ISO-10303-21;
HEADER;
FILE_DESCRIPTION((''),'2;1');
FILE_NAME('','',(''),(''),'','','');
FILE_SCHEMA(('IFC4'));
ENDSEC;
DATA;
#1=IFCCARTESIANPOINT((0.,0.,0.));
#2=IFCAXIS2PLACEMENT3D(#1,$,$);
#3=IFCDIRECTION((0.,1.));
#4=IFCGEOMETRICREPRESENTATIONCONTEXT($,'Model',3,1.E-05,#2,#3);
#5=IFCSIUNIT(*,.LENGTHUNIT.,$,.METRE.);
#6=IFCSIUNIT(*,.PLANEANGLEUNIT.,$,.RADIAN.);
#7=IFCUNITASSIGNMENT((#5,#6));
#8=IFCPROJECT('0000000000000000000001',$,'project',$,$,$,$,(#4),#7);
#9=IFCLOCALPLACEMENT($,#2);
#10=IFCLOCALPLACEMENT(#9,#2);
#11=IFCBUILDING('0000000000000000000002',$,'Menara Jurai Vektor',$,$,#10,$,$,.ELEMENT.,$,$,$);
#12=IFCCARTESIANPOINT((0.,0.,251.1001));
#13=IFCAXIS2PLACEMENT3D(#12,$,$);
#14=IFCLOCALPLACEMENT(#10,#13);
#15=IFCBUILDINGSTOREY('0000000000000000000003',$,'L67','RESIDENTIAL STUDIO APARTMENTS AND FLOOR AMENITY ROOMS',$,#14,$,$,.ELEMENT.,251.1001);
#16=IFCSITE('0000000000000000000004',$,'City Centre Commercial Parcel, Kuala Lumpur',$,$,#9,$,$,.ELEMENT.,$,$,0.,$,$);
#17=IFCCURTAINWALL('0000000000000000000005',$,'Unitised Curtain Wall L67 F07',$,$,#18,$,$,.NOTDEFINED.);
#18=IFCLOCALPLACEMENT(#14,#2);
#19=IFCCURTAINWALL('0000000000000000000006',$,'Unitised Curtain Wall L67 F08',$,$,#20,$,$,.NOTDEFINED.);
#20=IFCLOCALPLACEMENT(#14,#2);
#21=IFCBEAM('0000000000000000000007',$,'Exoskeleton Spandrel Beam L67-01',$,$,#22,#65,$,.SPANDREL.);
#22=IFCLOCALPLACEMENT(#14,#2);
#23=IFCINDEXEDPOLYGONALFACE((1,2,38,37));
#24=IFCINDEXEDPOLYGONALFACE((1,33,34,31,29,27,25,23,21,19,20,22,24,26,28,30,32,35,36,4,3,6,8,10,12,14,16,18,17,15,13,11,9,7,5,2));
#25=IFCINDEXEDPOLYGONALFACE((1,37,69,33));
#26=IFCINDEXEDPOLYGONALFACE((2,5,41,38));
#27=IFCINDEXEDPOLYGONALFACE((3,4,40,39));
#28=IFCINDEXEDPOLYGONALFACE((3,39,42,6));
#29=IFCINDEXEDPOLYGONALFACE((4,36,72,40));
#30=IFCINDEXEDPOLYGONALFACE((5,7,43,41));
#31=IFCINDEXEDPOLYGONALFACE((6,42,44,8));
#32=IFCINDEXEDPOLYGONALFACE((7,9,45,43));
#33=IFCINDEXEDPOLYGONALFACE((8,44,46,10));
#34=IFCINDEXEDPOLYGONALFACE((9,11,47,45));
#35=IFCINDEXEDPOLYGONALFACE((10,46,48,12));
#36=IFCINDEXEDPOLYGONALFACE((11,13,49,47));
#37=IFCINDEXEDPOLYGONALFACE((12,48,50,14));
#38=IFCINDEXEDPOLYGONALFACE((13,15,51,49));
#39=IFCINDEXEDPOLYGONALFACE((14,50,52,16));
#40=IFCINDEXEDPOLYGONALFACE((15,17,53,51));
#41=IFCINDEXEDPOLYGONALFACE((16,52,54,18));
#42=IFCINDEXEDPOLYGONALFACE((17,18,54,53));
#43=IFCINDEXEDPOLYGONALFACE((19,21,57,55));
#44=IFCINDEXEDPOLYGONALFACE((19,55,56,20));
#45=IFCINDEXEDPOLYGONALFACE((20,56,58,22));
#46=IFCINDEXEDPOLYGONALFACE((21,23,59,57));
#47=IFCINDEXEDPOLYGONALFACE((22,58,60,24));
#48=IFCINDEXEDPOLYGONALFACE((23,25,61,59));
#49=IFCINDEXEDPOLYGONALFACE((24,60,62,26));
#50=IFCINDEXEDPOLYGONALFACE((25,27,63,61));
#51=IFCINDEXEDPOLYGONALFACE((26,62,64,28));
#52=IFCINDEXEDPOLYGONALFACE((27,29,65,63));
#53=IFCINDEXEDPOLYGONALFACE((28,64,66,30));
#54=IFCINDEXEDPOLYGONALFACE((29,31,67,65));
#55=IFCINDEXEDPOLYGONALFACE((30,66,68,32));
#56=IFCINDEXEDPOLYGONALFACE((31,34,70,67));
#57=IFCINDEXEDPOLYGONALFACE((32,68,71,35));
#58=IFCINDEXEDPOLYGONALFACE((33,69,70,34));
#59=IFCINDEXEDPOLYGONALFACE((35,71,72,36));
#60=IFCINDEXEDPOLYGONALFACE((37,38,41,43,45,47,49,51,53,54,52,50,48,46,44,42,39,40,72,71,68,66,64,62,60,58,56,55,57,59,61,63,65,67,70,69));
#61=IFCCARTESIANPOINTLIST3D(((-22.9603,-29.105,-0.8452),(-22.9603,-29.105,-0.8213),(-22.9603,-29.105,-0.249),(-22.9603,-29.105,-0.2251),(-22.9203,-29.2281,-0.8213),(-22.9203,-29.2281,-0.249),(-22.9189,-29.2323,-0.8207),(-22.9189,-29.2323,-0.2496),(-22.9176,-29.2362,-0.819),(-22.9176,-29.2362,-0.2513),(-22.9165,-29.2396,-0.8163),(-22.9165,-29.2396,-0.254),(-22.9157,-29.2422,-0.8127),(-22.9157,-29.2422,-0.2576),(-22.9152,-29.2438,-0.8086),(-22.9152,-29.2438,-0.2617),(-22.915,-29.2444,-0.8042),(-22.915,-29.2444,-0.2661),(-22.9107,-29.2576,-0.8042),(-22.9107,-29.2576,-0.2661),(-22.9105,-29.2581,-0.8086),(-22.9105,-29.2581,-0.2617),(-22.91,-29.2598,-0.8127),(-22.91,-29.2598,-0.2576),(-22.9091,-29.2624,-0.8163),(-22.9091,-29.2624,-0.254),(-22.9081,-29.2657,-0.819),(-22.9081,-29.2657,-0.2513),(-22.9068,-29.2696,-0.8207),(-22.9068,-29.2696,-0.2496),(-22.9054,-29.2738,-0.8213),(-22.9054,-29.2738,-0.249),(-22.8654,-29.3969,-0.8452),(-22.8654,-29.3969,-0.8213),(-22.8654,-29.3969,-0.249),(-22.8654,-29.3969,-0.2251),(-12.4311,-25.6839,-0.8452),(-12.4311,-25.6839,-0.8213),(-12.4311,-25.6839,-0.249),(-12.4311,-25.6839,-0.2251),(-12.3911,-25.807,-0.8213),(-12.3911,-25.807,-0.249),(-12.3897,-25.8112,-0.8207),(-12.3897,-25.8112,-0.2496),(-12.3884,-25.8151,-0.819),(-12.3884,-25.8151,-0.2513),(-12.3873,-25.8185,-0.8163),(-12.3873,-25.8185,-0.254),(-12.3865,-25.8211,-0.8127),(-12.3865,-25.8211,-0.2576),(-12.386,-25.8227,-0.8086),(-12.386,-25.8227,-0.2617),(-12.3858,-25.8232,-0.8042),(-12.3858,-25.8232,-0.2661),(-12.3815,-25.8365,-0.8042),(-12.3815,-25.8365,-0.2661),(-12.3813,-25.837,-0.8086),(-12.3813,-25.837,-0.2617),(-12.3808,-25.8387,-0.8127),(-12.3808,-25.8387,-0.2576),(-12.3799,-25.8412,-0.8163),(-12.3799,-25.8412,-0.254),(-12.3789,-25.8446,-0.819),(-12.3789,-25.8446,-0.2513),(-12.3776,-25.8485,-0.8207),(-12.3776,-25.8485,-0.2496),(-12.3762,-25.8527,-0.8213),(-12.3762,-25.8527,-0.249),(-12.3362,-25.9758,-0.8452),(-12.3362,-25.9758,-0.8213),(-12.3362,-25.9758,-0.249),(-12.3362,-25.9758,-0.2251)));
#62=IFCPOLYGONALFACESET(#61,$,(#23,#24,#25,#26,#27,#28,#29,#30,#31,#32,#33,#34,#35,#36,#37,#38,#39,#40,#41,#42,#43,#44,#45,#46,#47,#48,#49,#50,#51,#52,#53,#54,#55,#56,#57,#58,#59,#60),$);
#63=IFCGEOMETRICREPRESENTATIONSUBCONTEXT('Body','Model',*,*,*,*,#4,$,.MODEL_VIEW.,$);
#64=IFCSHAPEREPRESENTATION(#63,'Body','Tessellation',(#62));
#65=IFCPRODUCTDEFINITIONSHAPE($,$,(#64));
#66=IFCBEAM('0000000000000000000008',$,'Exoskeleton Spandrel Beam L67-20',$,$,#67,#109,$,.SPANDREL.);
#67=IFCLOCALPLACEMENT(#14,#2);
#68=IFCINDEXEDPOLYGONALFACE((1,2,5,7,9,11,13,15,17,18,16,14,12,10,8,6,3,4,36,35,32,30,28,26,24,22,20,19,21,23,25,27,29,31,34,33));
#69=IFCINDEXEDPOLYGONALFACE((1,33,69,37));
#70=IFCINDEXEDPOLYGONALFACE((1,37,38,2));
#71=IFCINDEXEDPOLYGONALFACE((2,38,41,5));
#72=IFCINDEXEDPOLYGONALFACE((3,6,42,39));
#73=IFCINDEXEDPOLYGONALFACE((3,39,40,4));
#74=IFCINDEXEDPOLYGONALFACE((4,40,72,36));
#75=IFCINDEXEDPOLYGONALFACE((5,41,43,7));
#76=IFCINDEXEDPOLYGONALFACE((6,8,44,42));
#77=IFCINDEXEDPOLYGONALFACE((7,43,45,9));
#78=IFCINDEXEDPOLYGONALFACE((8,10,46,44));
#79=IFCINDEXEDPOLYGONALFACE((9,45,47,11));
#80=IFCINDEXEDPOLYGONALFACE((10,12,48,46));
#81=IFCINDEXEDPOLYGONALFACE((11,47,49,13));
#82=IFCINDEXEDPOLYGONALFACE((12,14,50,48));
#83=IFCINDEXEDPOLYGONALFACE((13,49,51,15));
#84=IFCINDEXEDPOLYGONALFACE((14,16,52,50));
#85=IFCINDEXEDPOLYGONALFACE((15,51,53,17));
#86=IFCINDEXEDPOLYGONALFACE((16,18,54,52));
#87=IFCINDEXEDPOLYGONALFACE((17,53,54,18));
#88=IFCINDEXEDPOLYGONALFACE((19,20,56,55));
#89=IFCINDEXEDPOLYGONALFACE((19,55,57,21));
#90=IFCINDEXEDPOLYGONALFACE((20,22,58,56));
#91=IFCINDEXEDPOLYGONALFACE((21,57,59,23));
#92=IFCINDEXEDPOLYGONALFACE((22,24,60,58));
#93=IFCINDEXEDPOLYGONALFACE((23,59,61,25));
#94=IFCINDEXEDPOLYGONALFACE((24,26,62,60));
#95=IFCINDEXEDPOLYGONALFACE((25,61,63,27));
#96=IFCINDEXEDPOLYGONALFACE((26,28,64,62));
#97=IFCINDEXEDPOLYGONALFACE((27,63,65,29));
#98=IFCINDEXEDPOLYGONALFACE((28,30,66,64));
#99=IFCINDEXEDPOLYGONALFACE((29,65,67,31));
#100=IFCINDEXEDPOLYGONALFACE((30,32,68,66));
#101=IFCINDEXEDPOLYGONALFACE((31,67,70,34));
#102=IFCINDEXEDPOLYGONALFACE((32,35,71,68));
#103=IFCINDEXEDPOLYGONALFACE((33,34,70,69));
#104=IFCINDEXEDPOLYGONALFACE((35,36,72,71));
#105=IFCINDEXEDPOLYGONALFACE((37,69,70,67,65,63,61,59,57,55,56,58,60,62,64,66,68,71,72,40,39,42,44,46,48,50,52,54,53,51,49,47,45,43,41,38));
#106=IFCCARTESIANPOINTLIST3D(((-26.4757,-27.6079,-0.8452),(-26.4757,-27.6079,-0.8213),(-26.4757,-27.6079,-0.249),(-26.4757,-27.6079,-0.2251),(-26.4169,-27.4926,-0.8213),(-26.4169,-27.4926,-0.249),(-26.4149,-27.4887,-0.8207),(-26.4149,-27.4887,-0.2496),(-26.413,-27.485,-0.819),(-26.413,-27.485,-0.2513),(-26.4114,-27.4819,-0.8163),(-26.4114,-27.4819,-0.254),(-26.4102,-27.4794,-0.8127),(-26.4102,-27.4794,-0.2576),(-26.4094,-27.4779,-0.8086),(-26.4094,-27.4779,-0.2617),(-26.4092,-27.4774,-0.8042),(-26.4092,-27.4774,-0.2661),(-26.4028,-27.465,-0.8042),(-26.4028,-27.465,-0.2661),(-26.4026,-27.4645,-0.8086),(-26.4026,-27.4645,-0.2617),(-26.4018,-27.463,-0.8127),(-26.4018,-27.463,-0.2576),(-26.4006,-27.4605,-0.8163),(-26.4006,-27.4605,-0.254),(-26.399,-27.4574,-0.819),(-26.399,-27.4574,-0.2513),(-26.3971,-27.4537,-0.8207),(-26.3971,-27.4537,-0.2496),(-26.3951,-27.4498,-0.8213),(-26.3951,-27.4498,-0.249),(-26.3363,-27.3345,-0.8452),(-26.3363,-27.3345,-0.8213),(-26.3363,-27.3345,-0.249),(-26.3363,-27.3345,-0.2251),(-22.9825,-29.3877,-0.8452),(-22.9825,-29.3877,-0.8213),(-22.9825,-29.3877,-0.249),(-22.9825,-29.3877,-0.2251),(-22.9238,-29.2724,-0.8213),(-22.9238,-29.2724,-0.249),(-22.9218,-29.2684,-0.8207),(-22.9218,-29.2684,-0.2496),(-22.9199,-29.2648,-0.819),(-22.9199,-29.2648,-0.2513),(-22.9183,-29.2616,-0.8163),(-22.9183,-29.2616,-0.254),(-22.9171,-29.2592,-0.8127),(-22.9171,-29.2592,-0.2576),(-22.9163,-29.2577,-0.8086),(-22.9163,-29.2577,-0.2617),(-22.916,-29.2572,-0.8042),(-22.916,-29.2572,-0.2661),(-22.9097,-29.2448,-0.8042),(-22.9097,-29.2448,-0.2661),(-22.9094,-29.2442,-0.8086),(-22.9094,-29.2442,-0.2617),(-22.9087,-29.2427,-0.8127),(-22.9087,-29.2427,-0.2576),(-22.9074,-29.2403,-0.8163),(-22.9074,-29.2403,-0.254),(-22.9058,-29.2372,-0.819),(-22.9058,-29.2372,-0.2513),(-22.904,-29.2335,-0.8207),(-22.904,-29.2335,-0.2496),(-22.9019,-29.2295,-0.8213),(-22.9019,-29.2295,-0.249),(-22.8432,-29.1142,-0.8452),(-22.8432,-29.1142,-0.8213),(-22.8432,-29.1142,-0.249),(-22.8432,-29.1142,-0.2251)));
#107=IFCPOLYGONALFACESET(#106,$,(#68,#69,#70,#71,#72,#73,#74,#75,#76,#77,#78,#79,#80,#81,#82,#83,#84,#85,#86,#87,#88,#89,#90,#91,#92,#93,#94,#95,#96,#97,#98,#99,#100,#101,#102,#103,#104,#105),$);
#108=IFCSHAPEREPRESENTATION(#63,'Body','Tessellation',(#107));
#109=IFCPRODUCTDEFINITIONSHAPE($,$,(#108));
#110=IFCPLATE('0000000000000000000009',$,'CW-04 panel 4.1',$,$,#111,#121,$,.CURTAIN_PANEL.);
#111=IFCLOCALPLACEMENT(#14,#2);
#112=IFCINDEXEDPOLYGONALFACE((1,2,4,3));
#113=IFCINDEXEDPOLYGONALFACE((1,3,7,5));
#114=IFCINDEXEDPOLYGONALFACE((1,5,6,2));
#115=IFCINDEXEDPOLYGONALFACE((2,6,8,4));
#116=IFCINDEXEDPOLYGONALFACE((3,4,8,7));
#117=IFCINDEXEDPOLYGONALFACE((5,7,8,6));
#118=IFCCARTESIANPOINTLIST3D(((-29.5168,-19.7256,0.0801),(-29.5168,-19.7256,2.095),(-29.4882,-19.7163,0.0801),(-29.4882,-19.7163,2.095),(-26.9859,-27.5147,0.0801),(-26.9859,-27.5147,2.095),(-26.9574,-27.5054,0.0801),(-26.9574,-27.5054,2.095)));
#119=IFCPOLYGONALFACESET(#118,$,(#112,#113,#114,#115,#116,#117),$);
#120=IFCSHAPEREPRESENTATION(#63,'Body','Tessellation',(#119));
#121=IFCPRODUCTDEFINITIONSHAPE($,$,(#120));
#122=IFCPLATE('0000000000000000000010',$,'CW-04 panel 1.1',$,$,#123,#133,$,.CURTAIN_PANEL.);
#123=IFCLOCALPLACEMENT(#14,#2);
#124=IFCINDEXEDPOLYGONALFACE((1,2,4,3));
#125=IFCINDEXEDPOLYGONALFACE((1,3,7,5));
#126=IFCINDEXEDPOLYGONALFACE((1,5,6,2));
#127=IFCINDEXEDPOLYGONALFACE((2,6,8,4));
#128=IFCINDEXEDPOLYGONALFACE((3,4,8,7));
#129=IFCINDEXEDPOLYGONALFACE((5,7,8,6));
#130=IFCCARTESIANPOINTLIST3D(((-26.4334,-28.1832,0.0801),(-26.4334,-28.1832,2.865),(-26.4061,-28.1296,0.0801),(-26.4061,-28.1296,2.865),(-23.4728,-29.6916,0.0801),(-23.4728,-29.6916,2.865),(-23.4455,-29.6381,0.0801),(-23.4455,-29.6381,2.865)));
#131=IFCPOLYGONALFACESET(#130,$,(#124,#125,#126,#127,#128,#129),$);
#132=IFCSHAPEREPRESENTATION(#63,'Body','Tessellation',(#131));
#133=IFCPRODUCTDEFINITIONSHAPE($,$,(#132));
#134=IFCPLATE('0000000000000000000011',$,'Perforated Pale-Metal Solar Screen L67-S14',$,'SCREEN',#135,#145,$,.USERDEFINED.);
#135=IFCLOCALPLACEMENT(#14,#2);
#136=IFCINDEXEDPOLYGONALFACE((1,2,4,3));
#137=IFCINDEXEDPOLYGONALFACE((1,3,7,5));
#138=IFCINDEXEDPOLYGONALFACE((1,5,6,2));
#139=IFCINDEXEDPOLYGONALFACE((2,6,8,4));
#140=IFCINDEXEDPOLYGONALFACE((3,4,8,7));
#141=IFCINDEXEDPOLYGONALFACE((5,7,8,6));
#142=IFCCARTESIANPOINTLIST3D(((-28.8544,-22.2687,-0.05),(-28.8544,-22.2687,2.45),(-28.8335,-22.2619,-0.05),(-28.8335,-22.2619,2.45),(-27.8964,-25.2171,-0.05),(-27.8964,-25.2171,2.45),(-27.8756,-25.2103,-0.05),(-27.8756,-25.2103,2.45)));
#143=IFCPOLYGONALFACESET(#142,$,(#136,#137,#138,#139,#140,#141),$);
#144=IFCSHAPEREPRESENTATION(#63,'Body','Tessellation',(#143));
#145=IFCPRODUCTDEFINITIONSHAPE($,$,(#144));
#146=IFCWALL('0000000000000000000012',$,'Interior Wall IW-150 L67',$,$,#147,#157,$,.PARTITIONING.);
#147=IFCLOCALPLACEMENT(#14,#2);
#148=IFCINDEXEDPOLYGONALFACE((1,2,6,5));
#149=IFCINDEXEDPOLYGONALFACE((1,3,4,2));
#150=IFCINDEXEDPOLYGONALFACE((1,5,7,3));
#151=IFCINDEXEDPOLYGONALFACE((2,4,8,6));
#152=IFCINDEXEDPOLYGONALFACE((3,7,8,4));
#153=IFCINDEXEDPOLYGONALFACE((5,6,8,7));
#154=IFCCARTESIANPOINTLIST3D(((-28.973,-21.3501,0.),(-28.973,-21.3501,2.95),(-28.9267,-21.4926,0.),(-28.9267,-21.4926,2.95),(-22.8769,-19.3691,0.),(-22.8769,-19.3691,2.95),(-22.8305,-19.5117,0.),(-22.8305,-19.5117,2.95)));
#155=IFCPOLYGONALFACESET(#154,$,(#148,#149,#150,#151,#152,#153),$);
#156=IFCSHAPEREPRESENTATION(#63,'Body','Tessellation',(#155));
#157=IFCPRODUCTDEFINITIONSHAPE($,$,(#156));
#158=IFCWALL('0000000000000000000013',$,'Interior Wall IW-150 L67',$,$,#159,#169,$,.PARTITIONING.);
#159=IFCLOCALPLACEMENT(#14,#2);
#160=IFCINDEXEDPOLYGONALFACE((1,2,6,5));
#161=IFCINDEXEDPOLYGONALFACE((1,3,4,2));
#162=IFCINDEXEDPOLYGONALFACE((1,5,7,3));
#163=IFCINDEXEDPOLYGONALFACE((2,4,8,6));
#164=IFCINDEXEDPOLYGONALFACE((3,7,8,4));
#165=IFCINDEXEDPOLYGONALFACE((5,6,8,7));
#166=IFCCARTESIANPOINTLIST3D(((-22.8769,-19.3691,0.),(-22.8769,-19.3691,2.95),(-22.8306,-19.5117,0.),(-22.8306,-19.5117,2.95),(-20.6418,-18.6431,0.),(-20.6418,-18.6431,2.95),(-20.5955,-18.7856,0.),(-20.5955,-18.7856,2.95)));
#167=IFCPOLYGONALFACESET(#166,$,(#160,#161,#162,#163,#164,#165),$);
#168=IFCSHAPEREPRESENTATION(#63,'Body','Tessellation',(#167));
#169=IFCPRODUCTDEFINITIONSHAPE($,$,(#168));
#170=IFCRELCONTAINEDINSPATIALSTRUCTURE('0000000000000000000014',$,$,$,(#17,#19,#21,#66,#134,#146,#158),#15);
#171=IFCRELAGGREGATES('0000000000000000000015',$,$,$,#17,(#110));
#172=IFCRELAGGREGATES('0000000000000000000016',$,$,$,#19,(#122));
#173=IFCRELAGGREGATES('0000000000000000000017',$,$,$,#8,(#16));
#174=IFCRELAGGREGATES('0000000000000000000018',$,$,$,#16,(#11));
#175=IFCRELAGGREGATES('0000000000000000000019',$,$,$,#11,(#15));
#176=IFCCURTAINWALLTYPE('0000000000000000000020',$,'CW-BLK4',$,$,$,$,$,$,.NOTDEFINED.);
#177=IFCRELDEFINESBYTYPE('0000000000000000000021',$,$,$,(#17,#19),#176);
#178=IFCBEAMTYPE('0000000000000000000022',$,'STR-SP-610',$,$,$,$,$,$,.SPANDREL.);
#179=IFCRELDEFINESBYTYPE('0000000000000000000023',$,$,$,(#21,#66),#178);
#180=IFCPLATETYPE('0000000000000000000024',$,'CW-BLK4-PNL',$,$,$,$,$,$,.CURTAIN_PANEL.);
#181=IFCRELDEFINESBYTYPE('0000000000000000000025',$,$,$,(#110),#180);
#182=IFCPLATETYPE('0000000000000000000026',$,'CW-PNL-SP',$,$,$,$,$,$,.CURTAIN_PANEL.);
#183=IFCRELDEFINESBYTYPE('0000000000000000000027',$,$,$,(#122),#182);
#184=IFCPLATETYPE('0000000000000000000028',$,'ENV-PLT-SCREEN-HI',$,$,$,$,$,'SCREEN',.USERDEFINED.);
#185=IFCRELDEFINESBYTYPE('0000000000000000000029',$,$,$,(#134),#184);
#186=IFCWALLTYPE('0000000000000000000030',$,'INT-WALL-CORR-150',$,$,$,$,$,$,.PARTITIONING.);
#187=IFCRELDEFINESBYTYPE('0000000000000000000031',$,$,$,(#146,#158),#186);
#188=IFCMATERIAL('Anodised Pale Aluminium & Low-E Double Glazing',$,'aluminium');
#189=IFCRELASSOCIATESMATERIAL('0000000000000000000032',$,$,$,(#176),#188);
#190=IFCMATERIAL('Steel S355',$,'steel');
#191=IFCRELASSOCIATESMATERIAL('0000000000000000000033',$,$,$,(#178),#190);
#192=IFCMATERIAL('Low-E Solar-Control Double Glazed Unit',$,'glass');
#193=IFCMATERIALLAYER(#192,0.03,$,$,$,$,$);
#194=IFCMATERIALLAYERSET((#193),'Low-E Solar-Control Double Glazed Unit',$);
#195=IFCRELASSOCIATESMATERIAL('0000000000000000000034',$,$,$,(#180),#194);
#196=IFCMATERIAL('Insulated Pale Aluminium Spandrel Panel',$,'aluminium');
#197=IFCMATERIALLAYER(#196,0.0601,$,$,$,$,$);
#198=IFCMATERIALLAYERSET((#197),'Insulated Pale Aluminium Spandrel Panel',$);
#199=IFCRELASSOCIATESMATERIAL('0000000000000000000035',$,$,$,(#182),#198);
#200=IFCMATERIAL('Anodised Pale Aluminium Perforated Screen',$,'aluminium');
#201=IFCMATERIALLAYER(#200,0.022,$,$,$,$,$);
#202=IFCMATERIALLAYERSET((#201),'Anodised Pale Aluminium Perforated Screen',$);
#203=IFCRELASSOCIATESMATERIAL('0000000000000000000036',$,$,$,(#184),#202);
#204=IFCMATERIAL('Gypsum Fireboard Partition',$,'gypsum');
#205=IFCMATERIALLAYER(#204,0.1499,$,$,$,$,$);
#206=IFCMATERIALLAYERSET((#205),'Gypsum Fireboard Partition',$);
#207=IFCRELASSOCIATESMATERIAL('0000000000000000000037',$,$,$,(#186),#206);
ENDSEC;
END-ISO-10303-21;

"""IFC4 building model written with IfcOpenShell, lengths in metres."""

from ifc_helpers import new_model, si_unit, direction, frame, frame_2d, origin, origin_2d, place, context, subcontext, project, spatial, rectangle, i_section, extrude, material, layer, layer_set, material_profile, profile_set, type_object, element, aggregate, save


model = new_model("IFC4")

# Units and contexts
model_context = context("Model", 3, precision=1e-05, world=origin(), true_north=direction((0.0, 1.0)))
body_context = subcontext(model_context, "Body", "Model", "MODEL_VIEW")
ifc_project = project(units=[si_unit("LENGTHUNIT", "METRE"), si_unit("PLANEANGLEUNIT", "RADIAN")], contexts=[model_context])

# Site, building, storey
site_placement = place(None, origin())
site = spatial("IfcSite", under=ifc_project, at=site_placement, Name="City Centre Commercial Parcel, Kuala Lumpur", CompositionType="ELEMENT", RefElevation=0.0)
building_placement = place(site_placement, origin())
building = spatial("IfcBuilding", under=site, at=building_placement, Name="Menara Jurai Vektor", CompositionType="ELEMENT")
storey_placement = place(building_placement, frame((0.0, 0.0, 251.1001)))
storey = spatial("IfcBuildingStorey", under=building, at=storey_placement, Name="L67", Description="RESIDENTIAL STUDIO APARTMENTS AND FLOOR AMENITY ROOMS", CompositionType="ELEMENT", Elevation=251.1001)

# Shared definitions
ifc_material_1 = material(Name="Anodised Pale Aluminium & Low-E Double Glazing", Category="aluminium")
curtain_wall_type = type_object("IfcCurtainWallType", Name="CW-BLK4", PredefinedType="NOTDEFINED", material=ifc_material_1)

# Curtain walls
curtain_wall_1_placement = place(storey_placement, origin())
curtain_wall_1 = element("IfcCurtainWall", 1, at=curtain_wall_1_placement, inside=storey, type_object=curtain_wall_type, Name="Unitised Curtain Wall L67 F07", PredefinedType="NOTDEFINED")
curtain_wall_2_placement = place(storey_placement, origin())
curtain_wall_2 = element("IfcCurtainWall", 2, at=curtain_wall_2_placement, inside=storey, type_object=curtain_wall_type, Name="Unitised Curtain Wall L67 F08", PredefinedType="NOTDEFINED")

# Shared definitions
ifc_material_2 = material(Name="Steel S355", Category="steel")

# Beams
ifc_material_profile_1 = material_profile(ifc_material_2, i_section(OverallWidth=0.3069, OverallDepth=0.6201, WebThickness=0.0139, FlangeThickness=0.0239, FilletRadius=0.0171, at=origin_2d()), Name="UKB 610x305x179")
ifc_profile_set_1 = profile_set([ifc_material_profile_1], Name="Steel S355")
beam_type_1 = type_object("IfcBeamType", Name="STR-SP-610", PredefinedType="SPANDREL", material=ifc_profile_set_1)
beam_1_placement = place(storey_placement, frame((-22.9128, -29.251, -0.5352), z_axis=(0.951057, 0.309014, 0.0), x_axis=(-0.309014, 0.951057, 0.0)))
element("IfcBeam", 3, at=beam_1_placement, inside=storey, type_object=beam_type_1, Name="Exoskeleton Spandrel Beam L67-01", PredefinedType="SPANDREL", context=body_context, shape_type="SweptSolid", body=[
    extrude(i_section(OverallWidth=0.3069, OverallDepth=0.6201, WebThickness=0.0139, FlangeThickness=0.0239, FilletRadius=0.0171, at=origin_2d()), origin(), (0.0, 0.0, 1.0), 11.071),
])
beam_2_placement = place(storey_placement, frame((-26.406, -27.4712, -0.5352), z_axis=(0.891014, -0.453976, 0.0), x_axis=(0.453976, 0.891014, 0.0)))
element("IfcBeam", 4, at=beam_2_placement, inside=storey, type_object=beam_type_1, Name="Exoskeleton Spandrel Beam L67-20", PredefinedType="SPANDREL", context=body_context, shape_type="SweptSolid", body=[
    extrude(i_section(OverallWidth=0.3069, OverallDepth=0.6201, WebThickness=0.0139, FlangeThickness=0.0239, FilletRadius=0.0171, at=origin_2d()), origin(), (0.0, 0.0, 1.0), 3.9204),
])

# Plates
ifc_material_3 = material(Name="Low-E Solar-Control Double Glazed Unit", Category="glass")
ifc_layer_1 = layer(ifc_material_3, 0.03)
ifc_layer_set_1 = layer_set([ifc_layer_1], Name="Low-E Solar-Control Double Glazed Unit")
plate_type_1 = type_object("IfcPlateType", Name="CW-BLK4-PNL", PredefinedType="CURTAIN_PANEL", material=ifc_layer_set_1)
plate_1_placement = place(storey_placement, frame((-28.2371, -23.6155, 0.0801), z_axis=(0.0, 0.0, 1.0), x_axis=(0.309016, -0.951057, 0.0)))
plate_1 = element("IfcPlate", 5, at=plate_1_placement, type_object=plate_type_1, Name="CW-04 panel 4.1", PredefinedType="CURTAIN_PANEL", context=body_context, shape_type="SweptSolid", body=[
    extrude(rectangle(XDim=8.1899, YDim=0.03, at=origin_2d()), origin(), (0.0, 0.0, 1.0), 2.0149),
])
aggregate(curtain_wall_1, [plate_1])
ifc_material_4 = material(Name="Insulated Pale Aluminium Spandrel Panel", Category="aluminium")
ifc_layer_2 = layer(ifc_material_4, 0.0601)
ifc_layer_set_2 = layer_set([ifc_layer_2], Name="Insulated Pale Aluminium Spandrel Panel")
plate_type_2 = type_object("IfcPlateType", Name="CW-PNL-SP", PredefinedType="CURTAIN_PANEL", material=ifc_layer_set_2)
plate_2_placement = place(storey_placement, frame((-24.9395, -28.9106, 0.0801), z_axis=(0.0, 0.0, 1.0), x_axis=(0.891008, -0.453989, 0.0)))
plate_2 = element("IfcPlate", 6, at=plate_2_placement, type_object=plate_type_2, Name="CW-04 panel 1.1", PredefinedType="CURTAIN_PANEL", context=body_context, shape_type="SweptSolid", body=[
    extrude(rectangle(XDim=3.3228, YDim=0.0601, at=origin_2d()), origin(), (0.0, 0.0, 1.0), 2.7849),
])
aggregate(curtain_wall_2, [plate_2])
ifc_material_5 = material(Name="Anodised Pale Aluminium Perforated Screen", Category="aluminium")
ifc_layer_3 = layer(ifc_material_5, 0.022)
ifc_layer_set_3 = layer_set([ifc_layer_3], Name="Anodised Pale Aluminium Perforated Screen")
plate_type_3 = type_object("IfcPlateType", Name="ENV-PLT-SCREEN-HI", ElementType="SCREEN", PredefinedType="USERDEFINED", material=ifc_layer_set_3)
plate_3_placement = place(storey_placement, frame((-28.365, -23.7395, -0.05), z_axis=(0.0, 0.0, 1.0), x_axis=(0.309017, -0.951057, 0.0)))
element("IfcPlate", 7, at=plate_3_placement, inside=storey, type_object=plate_type_3, Name="Perforated Pale-Metal Solar Screen L67-S14", ObjectType="SCREEN", PredefinedType="USERDEFINED", context=body_context, shape_type="SweptSolid", body=[
    extrude(rectangle(XDim=3.1001, YDim=0.022, at=origin_2d()), origin(), (0.0, 0.0, 1.0), 2.5),
])

# Walls
ifc_material_6 = material(Name="Gypsum Fireboard Partition", Category="gypsum")
ifc_layer_4 = layer(ifc_material_6, 0.1499)
ifc_layer_set_4 = layer_set([ifc_layer_4], Name="Gypsum Fireboard Partition")
wall_type = type_object("IfcWallType", Name="INT-WALL-CORR-150", PredefinedType="PARTITIONING", material=ifc_layer_set_4)
wall_1_placement = place(storey_placement, frame((-28.95, -21.4214, 0.0), z_axis=(0.0, 0.0, 1.0), x_axis=(0.951048, 0.309043, 0.0)))
element("IfcWall", 8, at=wall_1_placement, inside=storey, type_object=wall_type, Name="Interior Wall IW-150 L67", PredefinedType="PARTITIONING", context=body_context, shape_type="SweptSolid", body=[
    extrude(rectangle(XDim=6.4099, YDim=0.1499, at=frame_2d((3.2051, 0.0))), origin(), (0.0, 0.0, 1.0), 2.95),
])
wall_2_placement = place(storey_placement, frame((-22.8538, -19.4404, 0.0), z_axis=(0.0, 0.0, 1.0), x_axis=(0.951076, 0.308957, 0.0)))
element("IfcWall", 9, at=wall_2_placement, inside=storey, type_object=wall_type, Name="Interior Wall IW-150 L67", PredefinedType="PARTITIONING", context=body_context, shape_type="SweptSolid", body=[
    extrude(rectangle(XDim=2.3501, YDim=0.1499, at=frame_2d((1.175, 0.0))), origin(), (0.0, 0.0, 1.0), 2.95),
])

save(model, "model.ifc")
